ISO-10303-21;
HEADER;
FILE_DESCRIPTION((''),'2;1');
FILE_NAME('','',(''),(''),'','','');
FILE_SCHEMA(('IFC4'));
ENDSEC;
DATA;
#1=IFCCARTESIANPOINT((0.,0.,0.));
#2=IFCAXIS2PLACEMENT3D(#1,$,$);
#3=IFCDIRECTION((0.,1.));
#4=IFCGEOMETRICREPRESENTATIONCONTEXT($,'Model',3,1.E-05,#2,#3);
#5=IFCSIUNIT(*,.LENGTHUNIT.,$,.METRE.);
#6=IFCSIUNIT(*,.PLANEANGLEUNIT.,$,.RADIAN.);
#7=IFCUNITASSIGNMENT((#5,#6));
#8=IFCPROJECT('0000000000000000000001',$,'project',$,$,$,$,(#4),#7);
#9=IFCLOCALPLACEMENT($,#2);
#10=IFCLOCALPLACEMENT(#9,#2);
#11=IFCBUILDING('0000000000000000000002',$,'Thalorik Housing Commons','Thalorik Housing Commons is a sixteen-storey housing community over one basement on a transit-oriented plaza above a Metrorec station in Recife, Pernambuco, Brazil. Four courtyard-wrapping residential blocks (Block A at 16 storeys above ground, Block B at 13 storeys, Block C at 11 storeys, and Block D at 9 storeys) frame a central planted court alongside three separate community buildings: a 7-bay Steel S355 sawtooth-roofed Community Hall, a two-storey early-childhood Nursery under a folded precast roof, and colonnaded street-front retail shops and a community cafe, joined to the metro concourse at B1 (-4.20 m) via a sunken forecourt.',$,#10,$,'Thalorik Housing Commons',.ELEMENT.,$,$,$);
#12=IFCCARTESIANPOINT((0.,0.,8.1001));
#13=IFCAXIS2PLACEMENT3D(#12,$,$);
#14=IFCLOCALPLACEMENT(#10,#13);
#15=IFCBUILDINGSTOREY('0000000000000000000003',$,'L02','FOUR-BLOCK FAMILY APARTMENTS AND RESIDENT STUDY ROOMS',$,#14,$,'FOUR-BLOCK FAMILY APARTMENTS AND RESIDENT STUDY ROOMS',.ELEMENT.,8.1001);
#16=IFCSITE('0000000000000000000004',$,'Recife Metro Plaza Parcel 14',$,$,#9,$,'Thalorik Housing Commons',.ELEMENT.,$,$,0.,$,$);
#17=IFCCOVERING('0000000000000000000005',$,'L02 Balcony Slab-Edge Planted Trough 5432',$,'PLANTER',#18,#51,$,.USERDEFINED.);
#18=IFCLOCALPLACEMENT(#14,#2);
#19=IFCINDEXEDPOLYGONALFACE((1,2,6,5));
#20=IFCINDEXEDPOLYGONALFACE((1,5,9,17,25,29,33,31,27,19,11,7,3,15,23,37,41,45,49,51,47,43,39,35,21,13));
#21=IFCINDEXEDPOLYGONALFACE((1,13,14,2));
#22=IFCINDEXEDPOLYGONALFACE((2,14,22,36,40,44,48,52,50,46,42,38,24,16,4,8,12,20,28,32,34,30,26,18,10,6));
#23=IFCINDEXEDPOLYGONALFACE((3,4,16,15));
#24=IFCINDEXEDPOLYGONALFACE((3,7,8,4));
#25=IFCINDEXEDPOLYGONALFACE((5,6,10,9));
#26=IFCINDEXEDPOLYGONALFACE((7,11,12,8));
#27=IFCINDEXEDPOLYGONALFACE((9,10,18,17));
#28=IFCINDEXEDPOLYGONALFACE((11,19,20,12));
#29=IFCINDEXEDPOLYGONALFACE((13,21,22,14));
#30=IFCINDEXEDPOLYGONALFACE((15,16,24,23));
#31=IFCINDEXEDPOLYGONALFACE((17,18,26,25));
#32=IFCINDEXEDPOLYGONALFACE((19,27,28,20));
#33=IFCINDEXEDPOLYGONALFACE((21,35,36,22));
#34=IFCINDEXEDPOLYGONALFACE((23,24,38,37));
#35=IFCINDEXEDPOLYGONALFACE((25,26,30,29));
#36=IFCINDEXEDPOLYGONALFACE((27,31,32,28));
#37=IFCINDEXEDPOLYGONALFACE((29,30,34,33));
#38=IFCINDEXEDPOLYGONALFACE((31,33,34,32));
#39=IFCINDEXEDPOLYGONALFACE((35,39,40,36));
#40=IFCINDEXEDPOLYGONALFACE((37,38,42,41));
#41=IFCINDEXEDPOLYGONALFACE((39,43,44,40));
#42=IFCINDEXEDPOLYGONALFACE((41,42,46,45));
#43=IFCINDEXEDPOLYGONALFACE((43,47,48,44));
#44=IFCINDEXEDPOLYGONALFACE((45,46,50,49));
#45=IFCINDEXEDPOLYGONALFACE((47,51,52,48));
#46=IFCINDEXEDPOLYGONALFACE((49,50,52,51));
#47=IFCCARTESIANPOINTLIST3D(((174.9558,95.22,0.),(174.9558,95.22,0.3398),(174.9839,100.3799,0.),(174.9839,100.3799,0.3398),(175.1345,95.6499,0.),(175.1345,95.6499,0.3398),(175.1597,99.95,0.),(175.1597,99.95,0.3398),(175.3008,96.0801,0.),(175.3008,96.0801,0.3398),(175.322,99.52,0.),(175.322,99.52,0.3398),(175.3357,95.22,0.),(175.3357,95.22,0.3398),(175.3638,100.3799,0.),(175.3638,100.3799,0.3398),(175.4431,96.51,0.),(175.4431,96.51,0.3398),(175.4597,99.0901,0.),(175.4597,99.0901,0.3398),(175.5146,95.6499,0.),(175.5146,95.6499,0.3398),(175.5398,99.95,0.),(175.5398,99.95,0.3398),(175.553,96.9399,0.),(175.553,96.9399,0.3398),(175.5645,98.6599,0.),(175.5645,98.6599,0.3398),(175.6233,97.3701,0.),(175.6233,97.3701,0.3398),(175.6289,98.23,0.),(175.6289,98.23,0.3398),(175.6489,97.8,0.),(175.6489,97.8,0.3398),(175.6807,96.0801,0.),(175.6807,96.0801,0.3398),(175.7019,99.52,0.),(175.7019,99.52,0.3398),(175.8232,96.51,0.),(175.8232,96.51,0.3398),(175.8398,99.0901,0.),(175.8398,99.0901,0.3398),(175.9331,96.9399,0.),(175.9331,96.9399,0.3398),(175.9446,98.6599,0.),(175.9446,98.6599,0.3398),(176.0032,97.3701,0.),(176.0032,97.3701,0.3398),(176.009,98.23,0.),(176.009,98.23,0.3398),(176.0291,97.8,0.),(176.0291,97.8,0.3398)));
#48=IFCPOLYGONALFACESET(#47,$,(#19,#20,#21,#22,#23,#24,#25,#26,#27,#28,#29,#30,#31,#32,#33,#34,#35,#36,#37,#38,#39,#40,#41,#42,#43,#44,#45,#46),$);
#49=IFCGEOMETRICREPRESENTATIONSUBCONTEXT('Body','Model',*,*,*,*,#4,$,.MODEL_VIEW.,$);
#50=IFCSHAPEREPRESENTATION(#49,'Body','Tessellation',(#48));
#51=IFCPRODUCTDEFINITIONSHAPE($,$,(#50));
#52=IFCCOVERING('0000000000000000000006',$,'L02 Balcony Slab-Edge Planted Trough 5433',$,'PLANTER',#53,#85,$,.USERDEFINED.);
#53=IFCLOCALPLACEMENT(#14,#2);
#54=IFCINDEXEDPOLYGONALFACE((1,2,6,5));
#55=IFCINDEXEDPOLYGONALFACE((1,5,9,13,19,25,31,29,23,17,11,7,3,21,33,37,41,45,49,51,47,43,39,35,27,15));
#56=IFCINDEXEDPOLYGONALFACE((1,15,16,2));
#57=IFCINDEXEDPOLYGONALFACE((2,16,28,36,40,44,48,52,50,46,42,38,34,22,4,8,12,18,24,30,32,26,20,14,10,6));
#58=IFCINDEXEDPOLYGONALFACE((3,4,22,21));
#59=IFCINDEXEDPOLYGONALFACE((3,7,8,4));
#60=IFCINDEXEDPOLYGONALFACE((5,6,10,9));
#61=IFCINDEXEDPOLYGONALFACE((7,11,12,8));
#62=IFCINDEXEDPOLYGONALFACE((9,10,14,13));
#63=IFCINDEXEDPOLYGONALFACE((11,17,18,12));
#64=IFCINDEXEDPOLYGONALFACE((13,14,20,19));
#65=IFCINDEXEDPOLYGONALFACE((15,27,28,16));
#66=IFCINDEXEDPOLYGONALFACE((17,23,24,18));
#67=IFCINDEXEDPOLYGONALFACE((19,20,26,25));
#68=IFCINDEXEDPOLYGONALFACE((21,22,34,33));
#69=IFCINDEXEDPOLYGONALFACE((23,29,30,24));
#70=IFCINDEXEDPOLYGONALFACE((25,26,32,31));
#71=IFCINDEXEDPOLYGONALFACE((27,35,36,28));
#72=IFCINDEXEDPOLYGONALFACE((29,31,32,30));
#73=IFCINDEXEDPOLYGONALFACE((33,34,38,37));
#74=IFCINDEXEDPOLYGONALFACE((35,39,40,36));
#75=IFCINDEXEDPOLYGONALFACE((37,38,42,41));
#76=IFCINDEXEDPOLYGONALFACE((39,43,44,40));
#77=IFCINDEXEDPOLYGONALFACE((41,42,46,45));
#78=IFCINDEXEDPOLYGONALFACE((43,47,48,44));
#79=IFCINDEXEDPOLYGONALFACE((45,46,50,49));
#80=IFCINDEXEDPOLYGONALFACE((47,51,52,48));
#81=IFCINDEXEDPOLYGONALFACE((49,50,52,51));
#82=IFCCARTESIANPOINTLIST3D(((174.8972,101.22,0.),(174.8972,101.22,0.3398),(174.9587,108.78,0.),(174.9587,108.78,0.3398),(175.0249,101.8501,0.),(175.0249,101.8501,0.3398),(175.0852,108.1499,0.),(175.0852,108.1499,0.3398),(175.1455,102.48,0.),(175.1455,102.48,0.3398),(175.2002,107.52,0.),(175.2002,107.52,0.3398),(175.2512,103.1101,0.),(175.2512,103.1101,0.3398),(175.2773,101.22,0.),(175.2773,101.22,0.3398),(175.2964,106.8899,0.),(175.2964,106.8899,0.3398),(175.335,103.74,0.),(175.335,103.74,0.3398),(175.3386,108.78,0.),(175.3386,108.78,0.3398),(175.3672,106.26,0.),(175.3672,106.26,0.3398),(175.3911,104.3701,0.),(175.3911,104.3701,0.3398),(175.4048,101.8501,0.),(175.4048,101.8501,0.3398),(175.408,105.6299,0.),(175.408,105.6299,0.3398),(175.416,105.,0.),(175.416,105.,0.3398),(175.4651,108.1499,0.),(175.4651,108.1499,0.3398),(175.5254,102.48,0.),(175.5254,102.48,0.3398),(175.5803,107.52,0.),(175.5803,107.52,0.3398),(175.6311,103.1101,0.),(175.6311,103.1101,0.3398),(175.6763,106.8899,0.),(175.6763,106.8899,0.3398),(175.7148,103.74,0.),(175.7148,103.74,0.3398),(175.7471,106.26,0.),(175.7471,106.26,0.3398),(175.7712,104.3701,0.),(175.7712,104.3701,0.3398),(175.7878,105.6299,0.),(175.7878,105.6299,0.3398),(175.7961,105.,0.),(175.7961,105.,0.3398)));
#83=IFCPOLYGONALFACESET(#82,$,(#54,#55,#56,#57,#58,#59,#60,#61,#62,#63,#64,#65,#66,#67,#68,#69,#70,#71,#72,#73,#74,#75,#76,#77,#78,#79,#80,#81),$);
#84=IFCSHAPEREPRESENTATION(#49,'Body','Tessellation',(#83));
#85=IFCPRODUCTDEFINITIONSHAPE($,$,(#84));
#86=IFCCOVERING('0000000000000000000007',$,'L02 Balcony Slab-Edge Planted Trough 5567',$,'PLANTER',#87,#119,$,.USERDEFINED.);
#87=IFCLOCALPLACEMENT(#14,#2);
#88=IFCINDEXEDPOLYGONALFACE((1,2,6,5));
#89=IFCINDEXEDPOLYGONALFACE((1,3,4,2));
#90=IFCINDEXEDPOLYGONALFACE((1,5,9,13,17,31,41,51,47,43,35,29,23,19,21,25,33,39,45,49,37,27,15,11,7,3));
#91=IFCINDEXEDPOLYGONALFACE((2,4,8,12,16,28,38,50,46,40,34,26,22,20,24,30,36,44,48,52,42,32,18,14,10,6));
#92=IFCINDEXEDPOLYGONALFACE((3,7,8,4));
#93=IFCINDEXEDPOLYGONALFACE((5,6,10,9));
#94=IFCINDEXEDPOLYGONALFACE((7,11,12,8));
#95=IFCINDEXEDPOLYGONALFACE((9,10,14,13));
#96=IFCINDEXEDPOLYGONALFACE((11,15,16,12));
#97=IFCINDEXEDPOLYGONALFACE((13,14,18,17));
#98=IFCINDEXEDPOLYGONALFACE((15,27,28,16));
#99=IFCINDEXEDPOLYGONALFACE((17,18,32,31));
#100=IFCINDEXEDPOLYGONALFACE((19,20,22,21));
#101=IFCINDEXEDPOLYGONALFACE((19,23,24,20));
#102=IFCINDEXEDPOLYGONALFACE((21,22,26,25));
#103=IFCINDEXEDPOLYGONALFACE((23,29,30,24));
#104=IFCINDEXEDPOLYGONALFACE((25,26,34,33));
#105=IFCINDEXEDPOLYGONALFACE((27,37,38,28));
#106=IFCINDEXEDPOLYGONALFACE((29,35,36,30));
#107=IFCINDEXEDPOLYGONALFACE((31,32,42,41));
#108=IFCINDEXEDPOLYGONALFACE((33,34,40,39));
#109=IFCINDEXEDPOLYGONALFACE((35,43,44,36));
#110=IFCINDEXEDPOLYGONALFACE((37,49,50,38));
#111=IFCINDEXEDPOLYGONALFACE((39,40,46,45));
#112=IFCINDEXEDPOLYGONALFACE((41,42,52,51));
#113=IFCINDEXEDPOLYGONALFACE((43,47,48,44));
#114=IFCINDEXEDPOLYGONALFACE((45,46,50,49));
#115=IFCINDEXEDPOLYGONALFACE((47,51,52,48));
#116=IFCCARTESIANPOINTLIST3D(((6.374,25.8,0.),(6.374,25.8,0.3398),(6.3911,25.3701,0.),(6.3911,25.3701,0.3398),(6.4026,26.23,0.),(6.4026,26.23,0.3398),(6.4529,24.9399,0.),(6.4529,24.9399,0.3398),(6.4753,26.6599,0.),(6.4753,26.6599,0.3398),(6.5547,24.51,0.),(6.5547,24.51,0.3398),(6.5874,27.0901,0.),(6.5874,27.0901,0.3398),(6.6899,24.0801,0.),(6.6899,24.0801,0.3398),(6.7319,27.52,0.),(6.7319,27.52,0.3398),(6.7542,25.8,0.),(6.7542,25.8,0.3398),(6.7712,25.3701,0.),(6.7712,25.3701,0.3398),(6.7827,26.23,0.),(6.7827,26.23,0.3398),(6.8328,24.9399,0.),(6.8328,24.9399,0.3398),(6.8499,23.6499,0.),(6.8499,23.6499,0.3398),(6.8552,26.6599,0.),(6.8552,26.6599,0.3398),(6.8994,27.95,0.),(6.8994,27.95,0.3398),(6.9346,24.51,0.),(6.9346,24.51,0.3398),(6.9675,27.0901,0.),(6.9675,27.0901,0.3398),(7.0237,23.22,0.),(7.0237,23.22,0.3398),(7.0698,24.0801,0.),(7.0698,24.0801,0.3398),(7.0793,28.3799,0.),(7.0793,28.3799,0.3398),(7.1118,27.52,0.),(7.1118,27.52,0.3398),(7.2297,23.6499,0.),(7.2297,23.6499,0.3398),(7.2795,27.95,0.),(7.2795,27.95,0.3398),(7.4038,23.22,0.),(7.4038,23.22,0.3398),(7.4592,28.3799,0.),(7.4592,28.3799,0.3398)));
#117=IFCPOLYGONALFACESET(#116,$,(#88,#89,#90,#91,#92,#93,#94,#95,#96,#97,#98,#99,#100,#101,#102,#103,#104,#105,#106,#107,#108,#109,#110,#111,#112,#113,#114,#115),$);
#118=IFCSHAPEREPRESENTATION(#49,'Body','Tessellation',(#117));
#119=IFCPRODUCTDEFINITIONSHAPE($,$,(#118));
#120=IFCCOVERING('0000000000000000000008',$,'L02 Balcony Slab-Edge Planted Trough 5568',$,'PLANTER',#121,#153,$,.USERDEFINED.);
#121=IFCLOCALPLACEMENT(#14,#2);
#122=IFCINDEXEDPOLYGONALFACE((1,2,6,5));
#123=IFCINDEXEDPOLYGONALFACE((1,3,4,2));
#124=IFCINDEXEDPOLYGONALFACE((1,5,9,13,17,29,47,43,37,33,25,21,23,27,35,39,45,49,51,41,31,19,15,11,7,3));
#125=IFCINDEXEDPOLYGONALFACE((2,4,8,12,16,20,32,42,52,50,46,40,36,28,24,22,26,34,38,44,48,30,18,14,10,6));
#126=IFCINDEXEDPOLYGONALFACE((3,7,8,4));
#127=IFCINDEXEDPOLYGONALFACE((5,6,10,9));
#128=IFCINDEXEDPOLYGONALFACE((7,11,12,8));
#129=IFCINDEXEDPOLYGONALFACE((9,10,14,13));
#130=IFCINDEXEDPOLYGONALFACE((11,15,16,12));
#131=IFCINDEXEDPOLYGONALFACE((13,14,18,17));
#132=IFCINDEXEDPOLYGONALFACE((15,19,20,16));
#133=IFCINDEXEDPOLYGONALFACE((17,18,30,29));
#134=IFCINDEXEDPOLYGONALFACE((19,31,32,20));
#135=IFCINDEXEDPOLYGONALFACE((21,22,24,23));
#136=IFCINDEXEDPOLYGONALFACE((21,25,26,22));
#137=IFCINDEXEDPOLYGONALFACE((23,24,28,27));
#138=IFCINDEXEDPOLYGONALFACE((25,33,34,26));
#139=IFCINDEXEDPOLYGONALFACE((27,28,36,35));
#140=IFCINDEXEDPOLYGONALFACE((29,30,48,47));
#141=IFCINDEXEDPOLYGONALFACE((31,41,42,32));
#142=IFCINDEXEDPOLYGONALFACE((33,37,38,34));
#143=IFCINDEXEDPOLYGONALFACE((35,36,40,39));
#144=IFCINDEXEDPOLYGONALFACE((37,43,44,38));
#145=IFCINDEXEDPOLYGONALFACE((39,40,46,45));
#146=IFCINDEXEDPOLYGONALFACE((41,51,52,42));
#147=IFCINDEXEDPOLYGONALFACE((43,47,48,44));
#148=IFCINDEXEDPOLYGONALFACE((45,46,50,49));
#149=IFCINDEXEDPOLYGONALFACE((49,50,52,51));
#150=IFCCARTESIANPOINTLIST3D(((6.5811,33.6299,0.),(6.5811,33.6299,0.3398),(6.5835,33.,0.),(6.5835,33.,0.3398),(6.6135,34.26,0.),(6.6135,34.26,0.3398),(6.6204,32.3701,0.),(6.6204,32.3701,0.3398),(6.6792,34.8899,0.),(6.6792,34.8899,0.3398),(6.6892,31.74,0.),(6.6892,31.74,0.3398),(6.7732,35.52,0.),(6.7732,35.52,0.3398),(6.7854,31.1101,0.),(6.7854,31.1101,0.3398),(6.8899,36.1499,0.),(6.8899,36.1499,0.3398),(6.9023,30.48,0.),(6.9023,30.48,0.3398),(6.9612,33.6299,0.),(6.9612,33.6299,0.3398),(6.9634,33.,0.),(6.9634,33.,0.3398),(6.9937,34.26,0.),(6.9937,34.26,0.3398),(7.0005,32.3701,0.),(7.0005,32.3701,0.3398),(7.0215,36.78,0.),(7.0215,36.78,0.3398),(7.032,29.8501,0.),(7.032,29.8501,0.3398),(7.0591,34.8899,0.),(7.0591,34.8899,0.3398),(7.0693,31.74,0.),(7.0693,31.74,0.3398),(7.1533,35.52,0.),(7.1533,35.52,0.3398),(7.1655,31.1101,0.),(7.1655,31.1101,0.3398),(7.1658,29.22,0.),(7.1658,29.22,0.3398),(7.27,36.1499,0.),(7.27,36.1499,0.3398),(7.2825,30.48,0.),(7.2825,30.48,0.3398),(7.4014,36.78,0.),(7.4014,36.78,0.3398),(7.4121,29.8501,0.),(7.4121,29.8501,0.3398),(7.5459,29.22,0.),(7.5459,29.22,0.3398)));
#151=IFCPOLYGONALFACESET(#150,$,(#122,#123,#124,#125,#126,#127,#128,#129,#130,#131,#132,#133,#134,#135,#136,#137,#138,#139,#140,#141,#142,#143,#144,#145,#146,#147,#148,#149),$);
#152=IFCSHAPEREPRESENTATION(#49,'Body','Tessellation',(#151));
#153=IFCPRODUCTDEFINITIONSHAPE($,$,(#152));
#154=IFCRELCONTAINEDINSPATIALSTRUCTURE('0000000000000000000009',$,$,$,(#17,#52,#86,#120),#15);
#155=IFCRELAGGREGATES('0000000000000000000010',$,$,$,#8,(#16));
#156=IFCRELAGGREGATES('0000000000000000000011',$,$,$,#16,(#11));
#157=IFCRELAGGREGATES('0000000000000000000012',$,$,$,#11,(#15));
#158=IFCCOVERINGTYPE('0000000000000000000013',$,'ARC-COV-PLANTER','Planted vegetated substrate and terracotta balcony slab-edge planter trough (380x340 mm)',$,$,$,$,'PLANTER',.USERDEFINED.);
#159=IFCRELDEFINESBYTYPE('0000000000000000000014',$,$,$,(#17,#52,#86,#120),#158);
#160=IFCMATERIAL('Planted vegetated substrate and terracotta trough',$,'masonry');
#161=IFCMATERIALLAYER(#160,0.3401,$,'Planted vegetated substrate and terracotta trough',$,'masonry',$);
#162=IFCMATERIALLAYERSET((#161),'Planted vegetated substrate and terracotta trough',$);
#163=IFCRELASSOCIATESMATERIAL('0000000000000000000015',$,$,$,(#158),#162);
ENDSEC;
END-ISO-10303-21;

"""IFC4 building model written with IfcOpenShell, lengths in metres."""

from ifc_helpers import new_model, si_unit, direction, frame, origin, place, context, subcontext, project, spatial, polyline, outline, extrude, material, layer, layer_set, type_object, element, save


model = new_model("IFC4")

# Units and contexts
model_context = context("Model", 3, precision=1e-05, world=origin(), true_north=direction((0.0, 1.0)))
body_context = subcontext(model_context, "Body", "Model", "MODEL_VIEW")
ifc_project = project(units=[si_unit("LENGTHUNIT", "METRE"), si_unit("PLANEANGLEUNIT", "RADIAN")], contexts=[model_context])

# Site, building, storey
site_placement = place(None, origin())
site = spatial("IfcSite", under=ifc_project, at=site_placement, Name="Recife Metro Plaza Parcel 14", LongName="Thalorik Housing Commons", CompositionType="ELEMENT", RefElevation=0.0)
building_placement = place(site_placement, origin())
building = spatial("IfcBuilding", under=site, at=building_placement, Name="Thalorik Housing Commons", Description="Thalorik Housing Commons is a sixteen-storey housing community over one basement on a transit-oriented plaza above a Metrorec station in Recife, Pernambuco, Brazil. Four courtyard-wrapping residential blocks (Block A at 16 storeys above ground, Block B at 13 storeys, Block C at 11 storeys, and Block D at 9 storeys) frame a central planted court alongside three separate community buildings: a 7-bay Steel S355 sawtooth-roofed Community Hall, a two-storey early-childhood Nursery under a folded precast roof, and colonnaded street-front retail shops and a community cafe, joined to the metro concourse at B1 (-4.20 m) via a sunken forecourt.", LongName="Thalorik Housing Commons", CompositionType="ELEMENT")
storey_placement = place(building_placement, frame((0.0, 0.0, 8.1001)))
storey = spatial("IfcBuildingStorey", under=building, at=storey_placement, Name="L02", Description="FOUR-BLOCK FAMILY APARTMENTS AND RESIDENT STUDY ROOMS", LongName="FOUR-BLOCK FAMILY APARTMENTS AND RESIDENT STUDY ROOMS", CompositionType="ELEMENT", Elevation=8.1001)

# Coverings
ifc_material_1 = material(Name="Planted vegetated substrate and terracotta trough", Category="masonry")
ifc_layer_1 = layer(ifc_material_1, 0.3401, Name="Planted vegetated substrate and terracotta trough", Category="masonry")
ifc_layer_set_1 = layer_set([ifc_layer_1], Name="Planted vegetated substrate and terracotta trough")
covering_type_1 = type_object("IfcCoveringType", Name="ARC-COV-PLANTER", Description="Planted vegetated substrate and terracotta balcony slab-edge planter trough (380x340 mm)", ElementType="PLANTER", PredefinedType="USERDEFINED", material=ifc_layer_set_1)
covering_1_placement = place(storey_placement, origin())
element("IfcCovering", 1, at=covering_1_placement, inside=storey, type_object=covering_type_1, Name="L02 Balcony Slab-Edge Planted Trough 5432", ObjectType="PLANTER", PredefinedType="USERDEFINED", context=body_context, shape_type="SweptSolid", body=[
    extrude(outline(polyline([(175.3357, 95.22), (175.5146, 95.6499), (175.6807, 96.0801), (175.8232, 96.51), (175.9331, 96.9399), (176.0032, 97.3701), (176.0291, 97.8), (176.009, 98.23), (175.9446, 98.6599), (175.8398, 99.0901), (175.7019, 99.52), (175.5398, 99.95), (175.3638, 100.3799), (174.9839, 100.3799), (175.1597, 99.95), (175.322, 99.52), (175.4597, 99.0901), (175.5645, 98.6599), (175.6289, 98.23), (175.6489, 97.8), (175.6233, 97.3701), (175.553, 96.9399), (175.4431, 96.51), (175.3008, 96.0801), (175.1345, 95.6499), (174.9558, 95.22), (175.3357, 95.22)])), origin(), (0.0, 0.0, 1.0), 0.3398),
])
covering_2_placement = place(storey_placement, origin())
element("IfcCovering", 2, at=covering_2_placement, inside=storey, type_object=covering_type_1, Name="L02 Balcony Slab-Edge Planted Trough 5433", ObjectType="PLANTER", PredefinedType="USERDEFINED", context=body_context, shape_type="SweptSolid", body=[
    extrude(outline(polyline([(175.2773, 101.22), (175.4048, 101.8501), (175.5254, 102.48), (175.6311, 103.1101), (175.7148, 103.74), (175.7712, 104.3701), (175.7961, 105.0), (175.7878, 105.6299), (175.7471, 106.26), (175.6763, 106.8899), (175.5803, 107.52), (175.4651, 108.1499), (175.3386, 108.78), (174.9587, 108.78), (175.0852, 108.1499), (175.2002, 107.52), (175.2964, 106.8899), (175.3672, 106.26), (175.408, 105.6299), (175.416, 105.0), (175.3911, 104.3701), (175.335, 103.74), (175.2512, 103.1101), (175.1455, 102.48), (175.0249, 101.8501), (174.8972, 101.22), (175.2773, 101.22)])), origin(), (0.0, 0.0, 1.0), 0.3398),
])
covering_3_placement = place(storey_placement, origin())
element("IfcCovering", 3, at=covering_3_placement, inside=storey, type_object=covering_type_1, Name="L02 Balcony Slab-Edge Planted Trough 5567", ObjectType="PLANTER", PredefinedType="USERDEFINED", context=body_context, shape_type="SweptSolid", body=[
    extrude(outline(polyline([(7.0793, 28.3799), (6.8994, 27.95), (6.7319, 27.52), (6.5874, 27.0901), (6.4753, 26.6599), (6.4026, 26.23), (6.374, 25.8), (6.3911, 25.3701), (6.4529, 24.9399), (6.5547, 24.51), (6.6899, 24.0801), (6.8499, 23.6499), (7.0237, 23.22), (7.4038, 23.22), (7.2297, 23.6499), (7.0698, 24.0801), (6.9346, 24.51), (6.8328, 24.9399), (6.7712, 25.3701), (6.7542, 25.8), (6.7827, 26.23), (6.8552, 26.6599), (6.9675, 27.0901), (7.1118, 27.52), (7.2795, 27.95), (7.4592, 28.3799), (7.0793, 28.3799)])), origin(), (0.0, 0.0, 1.0), 0.3398),
])
covering_4_placement = place(storey_placement, origin())
element("IfcCovering", 4, at=covering_4_placement, inside=storey, type_object=covering_type_1, Name="L02 Balcony Slab-Edge Planted Trough 5568", ObjectType="PLANTER", PredefinedType="USERDEFINED", context=body_context, shape_type="SweptSolid", body=[
    extrude(outline(polyline([(7.0215, 36.78), (6.8899, 36.1499), (6.7732, 35.52), (6.6792, 34.8899), (6.6135, 34.26), (6.5811, 33.6299), (6.5835, 33.0), (6.6204, 32.3701), (6.6892, 31.74), (6.7854, 31.1101), (6.9023, 30.48), (7.032, 29.8501), (7.1658, 29.22), (7.5459, 29.22), (7.4121, 29.8501), (7.2825, 30.48), (7.1655, 31.1101), (7.0693, 31.74), (7.0005, 32.3701), (6.9634, 33.0), (6.9612, 33.6299), (6.9937, 34.26), (7.0591, 34.8899), (7.1533, 35.52), (7.27, 36.1499), (7.4014, 36.78), (7.0215, 36.78)])), origin(), (0.0, 0.0, 1.0), 0.3398),
])

save(model, "model.ifc")
